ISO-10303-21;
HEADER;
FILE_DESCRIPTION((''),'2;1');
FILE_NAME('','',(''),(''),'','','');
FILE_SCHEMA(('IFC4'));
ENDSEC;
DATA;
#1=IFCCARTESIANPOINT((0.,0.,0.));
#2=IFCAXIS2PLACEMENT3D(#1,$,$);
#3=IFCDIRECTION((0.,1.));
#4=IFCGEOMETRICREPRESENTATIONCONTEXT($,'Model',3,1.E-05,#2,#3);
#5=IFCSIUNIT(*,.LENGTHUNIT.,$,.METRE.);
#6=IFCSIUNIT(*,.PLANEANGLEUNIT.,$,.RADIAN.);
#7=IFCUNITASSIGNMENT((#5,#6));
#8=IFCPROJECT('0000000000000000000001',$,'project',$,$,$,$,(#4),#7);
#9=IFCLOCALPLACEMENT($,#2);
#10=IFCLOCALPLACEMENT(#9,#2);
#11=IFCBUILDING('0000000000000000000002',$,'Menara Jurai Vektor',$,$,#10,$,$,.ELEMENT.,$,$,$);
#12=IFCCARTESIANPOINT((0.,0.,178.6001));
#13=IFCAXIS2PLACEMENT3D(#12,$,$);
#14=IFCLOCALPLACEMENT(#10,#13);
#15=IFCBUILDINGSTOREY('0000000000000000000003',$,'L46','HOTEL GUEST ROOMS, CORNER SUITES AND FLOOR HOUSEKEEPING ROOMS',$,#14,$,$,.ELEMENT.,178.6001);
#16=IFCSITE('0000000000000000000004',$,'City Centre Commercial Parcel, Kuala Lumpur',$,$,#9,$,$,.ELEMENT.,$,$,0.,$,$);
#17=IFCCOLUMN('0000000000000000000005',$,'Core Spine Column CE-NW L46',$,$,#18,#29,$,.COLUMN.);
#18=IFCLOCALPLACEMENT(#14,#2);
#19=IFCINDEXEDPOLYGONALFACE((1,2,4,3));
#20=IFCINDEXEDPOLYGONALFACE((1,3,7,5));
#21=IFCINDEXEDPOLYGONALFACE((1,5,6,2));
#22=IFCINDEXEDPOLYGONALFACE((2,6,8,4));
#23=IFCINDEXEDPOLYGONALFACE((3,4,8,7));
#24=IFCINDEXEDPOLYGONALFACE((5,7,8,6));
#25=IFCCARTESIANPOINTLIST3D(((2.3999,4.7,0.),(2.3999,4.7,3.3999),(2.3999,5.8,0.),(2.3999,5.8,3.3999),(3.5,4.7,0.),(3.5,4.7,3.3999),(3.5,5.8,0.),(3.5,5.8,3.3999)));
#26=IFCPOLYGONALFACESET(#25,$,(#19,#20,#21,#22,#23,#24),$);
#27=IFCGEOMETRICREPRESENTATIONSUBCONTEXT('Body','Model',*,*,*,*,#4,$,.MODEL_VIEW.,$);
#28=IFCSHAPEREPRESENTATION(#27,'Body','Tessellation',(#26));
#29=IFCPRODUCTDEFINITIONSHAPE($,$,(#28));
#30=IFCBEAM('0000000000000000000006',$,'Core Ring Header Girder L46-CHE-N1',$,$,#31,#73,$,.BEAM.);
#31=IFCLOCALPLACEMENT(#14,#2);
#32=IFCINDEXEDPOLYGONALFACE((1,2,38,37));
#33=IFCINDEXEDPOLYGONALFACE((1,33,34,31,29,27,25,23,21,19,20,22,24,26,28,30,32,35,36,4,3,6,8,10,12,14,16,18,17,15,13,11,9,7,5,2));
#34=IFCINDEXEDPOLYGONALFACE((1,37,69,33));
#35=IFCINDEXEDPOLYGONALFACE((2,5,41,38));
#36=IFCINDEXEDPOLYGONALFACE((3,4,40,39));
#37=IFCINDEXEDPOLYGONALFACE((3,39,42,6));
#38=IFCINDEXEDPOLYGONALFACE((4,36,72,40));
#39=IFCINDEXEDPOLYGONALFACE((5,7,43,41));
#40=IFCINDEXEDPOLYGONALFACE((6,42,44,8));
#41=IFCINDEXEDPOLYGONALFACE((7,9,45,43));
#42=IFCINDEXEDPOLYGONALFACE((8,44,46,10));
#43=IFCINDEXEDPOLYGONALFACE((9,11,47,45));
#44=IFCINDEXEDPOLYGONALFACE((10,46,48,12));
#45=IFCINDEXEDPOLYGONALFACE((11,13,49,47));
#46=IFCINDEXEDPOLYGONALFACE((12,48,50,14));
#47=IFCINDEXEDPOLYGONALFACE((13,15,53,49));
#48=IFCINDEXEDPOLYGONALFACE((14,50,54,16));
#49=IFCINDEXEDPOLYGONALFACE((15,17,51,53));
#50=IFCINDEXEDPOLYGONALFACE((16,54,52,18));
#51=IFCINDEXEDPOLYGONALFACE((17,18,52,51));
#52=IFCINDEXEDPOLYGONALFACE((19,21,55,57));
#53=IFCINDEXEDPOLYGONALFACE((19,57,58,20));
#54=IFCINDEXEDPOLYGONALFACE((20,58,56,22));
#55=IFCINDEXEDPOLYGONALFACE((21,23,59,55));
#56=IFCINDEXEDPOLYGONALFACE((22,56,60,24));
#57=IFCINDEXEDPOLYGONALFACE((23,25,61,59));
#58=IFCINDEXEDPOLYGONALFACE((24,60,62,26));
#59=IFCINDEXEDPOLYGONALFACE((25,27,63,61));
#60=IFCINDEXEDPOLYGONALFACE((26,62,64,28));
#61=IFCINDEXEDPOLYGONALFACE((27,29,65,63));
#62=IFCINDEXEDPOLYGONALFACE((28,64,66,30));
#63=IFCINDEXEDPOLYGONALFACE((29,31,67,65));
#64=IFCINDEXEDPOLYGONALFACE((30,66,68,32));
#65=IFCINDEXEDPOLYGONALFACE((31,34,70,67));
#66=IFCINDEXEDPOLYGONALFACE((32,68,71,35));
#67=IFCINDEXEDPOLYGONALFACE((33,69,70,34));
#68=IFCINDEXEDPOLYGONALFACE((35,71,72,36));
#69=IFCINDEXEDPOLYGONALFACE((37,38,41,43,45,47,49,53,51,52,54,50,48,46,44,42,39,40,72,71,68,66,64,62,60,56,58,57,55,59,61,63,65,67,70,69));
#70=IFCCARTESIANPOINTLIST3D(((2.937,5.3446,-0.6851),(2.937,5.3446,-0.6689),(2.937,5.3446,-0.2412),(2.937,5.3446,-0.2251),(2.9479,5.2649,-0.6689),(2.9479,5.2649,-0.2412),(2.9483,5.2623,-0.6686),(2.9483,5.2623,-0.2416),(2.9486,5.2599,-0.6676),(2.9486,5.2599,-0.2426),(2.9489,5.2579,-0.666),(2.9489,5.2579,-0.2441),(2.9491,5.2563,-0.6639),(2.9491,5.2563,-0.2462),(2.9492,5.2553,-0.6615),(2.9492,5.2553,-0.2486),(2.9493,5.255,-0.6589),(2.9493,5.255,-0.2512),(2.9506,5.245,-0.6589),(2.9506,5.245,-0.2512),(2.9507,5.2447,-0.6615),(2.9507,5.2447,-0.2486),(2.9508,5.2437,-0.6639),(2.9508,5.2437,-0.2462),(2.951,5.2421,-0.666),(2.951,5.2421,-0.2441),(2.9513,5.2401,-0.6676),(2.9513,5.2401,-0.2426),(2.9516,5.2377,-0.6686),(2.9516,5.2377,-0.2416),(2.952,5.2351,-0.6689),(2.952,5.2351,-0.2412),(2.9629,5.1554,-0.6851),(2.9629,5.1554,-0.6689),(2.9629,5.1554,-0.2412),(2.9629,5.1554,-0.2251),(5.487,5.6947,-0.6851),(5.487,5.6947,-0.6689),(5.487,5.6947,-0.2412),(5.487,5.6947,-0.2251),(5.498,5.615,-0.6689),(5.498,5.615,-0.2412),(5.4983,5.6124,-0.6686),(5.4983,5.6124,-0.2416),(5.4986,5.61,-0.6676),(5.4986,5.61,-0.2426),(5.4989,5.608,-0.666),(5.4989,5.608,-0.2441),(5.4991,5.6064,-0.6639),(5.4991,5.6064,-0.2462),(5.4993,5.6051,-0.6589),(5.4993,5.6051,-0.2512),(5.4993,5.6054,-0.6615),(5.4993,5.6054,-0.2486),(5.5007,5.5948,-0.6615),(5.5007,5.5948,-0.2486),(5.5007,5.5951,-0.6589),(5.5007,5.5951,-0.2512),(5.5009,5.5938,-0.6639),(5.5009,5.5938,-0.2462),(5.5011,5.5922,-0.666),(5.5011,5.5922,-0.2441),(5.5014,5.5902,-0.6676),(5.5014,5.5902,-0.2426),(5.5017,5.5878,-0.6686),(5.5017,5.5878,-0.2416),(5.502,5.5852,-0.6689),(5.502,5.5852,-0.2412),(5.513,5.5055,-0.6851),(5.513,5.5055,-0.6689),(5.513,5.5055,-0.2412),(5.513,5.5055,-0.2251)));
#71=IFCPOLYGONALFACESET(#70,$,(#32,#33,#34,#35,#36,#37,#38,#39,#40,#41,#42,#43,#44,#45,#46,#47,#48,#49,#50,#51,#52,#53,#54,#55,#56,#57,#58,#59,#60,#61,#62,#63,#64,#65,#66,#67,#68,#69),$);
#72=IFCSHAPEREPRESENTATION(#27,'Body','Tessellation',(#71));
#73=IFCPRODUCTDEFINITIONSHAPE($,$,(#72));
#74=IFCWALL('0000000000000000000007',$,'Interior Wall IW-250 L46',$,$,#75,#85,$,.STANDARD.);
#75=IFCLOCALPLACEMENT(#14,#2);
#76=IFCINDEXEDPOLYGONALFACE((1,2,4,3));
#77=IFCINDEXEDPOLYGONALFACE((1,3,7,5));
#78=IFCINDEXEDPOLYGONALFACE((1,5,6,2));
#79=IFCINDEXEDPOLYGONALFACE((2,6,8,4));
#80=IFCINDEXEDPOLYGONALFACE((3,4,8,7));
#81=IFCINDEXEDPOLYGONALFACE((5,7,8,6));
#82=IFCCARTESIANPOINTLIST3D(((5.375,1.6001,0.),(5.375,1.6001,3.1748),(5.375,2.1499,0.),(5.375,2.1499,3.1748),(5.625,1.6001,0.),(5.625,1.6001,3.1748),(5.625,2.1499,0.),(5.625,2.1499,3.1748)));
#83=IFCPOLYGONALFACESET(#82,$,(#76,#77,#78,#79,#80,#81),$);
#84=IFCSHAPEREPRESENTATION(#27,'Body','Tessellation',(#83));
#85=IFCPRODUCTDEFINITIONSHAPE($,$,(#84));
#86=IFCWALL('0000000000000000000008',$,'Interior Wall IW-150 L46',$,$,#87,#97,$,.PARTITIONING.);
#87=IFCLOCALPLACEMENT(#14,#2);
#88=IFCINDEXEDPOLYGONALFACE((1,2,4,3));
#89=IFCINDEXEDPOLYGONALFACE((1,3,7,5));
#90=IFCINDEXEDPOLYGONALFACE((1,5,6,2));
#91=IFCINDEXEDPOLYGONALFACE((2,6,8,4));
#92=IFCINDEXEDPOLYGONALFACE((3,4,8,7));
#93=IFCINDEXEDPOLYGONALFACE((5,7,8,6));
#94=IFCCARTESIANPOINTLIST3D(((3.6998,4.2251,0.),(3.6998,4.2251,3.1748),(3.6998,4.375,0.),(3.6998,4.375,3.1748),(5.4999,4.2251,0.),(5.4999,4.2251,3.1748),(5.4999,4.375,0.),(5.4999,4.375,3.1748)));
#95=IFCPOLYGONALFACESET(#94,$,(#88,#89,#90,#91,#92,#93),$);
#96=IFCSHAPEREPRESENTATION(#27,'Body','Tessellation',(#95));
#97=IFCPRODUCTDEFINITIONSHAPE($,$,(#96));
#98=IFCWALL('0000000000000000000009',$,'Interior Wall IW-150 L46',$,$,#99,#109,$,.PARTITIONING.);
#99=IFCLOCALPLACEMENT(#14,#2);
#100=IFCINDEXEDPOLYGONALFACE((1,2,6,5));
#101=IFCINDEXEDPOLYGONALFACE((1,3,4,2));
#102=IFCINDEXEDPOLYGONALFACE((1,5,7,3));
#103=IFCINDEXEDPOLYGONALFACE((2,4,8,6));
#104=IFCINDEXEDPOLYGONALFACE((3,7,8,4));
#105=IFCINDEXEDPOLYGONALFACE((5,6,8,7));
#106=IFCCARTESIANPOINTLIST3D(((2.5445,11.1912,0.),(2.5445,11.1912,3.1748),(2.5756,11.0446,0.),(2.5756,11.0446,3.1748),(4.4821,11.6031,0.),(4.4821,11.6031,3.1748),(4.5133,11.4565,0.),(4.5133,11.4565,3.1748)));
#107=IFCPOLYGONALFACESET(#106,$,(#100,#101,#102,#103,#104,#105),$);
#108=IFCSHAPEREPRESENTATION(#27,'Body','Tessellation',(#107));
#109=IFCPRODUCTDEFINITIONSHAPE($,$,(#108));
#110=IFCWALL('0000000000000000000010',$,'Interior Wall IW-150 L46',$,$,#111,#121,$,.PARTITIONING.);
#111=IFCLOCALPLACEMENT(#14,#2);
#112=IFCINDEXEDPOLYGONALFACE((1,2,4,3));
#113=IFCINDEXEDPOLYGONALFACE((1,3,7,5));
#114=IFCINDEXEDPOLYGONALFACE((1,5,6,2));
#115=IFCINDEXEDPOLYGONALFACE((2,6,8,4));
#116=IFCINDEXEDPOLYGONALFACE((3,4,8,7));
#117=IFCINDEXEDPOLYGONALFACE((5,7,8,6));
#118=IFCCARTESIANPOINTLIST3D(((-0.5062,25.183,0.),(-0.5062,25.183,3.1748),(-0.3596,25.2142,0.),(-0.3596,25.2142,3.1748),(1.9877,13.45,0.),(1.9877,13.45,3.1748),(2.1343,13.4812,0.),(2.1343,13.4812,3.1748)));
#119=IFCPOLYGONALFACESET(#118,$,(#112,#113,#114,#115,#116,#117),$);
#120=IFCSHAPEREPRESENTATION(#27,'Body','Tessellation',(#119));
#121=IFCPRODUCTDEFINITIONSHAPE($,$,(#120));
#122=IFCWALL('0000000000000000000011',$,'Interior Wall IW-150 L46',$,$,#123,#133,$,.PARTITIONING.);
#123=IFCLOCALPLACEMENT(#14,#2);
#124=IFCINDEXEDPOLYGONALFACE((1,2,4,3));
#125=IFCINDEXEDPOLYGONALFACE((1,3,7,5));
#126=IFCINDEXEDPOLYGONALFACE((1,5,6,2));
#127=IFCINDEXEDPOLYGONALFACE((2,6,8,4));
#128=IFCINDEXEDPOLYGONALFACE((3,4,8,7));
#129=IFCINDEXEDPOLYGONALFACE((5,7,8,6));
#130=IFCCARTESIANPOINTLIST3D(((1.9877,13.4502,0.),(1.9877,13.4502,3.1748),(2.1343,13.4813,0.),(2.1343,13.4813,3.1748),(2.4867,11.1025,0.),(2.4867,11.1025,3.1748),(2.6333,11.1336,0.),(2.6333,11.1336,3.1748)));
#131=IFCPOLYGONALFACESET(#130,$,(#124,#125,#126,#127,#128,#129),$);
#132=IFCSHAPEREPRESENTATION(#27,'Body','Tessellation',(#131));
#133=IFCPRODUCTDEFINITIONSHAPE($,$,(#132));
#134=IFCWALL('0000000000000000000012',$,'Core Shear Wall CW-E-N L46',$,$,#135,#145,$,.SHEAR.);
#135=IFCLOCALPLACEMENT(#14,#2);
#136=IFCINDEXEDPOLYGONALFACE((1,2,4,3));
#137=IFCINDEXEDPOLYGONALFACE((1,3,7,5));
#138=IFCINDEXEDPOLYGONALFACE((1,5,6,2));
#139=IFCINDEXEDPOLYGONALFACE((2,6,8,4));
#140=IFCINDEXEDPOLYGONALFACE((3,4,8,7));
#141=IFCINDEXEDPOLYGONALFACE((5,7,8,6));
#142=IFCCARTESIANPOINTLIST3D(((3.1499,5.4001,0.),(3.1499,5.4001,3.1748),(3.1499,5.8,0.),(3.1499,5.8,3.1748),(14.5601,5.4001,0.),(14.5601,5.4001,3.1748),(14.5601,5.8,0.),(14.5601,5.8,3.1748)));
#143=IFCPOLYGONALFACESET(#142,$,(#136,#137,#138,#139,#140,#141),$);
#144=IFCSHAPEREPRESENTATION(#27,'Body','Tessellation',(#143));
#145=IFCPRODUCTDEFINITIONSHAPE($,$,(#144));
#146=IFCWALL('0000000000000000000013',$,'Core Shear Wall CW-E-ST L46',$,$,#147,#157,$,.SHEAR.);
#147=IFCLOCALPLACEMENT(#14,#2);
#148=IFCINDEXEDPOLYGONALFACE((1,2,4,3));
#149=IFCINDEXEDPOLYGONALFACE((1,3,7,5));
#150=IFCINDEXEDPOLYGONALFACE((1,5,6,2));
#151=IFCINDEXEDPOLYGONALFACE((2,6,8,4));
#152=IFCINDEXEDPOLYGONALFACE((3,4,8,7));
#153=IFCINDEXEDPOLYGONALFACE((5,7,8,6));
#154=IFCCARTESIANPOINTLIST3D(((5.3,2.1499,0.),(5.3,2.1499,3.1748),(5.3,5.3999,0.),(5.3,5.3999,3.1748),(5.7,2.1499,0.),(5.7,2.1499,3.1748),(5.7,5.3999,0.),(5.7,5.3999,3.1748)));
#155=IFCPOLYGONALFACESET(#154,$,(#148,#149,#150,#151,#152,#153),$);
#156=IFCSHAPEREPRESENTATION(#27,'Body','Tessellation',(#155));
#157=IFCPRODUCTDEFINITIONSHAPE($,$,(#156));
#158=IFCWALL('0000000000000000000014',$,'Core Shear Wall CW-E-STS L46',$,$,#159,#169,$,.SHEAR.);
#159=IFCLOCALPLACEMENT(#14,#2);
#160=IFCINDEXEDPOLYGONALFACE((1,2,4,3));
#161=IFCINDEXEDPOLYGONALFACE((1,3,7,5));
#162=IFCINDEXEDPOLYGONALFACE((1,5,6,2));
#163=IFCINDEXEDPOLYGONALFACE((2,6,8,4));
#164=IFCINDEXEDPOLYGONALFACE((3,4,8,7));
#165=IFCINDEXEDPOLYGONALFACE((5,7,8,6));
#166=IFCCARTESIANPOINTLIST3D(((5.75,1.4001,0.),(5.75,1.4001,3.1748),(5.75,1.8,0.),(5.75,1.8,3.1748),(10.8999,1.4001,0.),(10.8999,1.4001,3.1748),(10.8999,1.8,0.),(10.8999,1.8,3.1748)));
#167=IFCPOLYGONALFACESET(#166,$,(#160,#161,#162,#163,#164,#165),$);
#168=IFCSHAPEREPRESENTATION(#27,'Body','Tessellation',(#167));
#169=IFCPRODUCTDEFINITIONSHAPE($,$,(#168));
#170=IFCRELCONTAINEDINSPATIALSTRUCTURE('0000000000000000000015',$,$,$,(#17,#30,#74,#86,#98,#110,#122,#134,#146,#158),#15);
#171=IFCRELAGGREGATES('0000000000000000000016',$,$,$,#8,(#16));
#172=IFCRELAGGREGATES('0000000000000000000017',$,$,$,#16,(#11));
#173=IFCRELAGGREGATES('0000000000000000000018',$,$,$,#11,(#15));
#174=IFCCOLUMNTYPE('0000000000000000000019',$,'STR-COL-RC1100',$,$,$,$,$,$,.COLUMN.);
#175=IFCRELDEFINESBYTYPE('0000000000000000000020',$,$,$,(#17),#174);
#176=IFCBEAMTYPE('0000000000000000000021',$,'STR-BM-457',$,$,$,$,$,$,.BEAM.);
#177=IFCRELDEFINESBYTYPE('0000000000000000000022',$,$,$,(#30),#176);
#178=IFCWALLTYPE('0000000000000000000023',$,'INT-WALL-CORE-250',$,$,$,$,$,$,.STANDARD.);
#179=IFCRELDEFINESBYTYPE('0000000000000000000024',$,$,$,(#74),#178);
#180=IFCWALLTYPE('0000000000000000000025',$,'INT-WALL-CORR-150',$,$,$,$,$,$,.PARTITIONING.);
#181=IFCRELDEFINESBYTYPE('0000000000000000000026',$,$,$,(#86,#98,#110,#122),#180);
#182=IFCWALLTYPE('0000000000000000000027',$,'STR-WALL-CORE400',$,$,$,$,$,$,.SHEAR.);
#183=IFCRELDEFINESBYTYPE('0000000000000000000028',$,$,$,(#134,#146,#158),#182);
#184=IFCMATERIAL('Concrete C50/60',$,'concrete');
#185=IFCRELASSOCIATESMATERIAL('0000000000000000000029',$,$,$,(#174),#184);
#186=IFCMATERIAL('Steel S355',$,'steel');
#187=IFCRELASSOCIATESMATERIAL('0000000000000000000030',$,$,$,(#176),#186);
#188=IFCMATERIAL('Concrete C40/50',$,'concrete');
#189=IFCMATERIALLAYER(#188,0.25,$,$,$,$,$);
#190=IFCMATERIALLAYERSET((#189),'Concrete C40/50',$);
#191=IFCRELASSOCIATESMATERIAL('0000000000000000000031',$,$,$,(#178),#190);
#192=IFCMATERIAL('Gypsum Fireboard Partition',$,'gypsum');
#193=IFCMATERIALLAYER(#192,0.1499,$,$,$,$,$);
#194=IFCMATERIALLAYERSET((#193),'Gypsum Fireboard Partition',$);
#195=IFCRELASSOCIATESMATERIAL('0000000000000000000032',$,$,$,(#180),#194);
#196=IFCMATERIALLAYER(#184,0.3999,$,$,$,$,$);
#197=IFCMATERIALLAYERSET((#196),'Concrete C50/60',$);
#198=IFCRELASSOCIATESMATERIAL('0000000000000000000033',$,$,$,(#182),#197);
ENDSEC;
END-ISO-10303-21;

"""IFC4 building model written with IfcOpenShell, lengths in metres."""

from ifc_helpers import new_model, si_unit, direction, frame, frame_2d, origin, origin_2d, place, context, subcontext, project, spatial, rectangle, i_section, extrude, material, layer, layer_set, material_profile, profile_set, type_object, element, save


model = new_model("IFC4")

# Units and contexts
model_context = context("Model", 3, precision=1e-05, world=origin(), true_north=direction((0.0, 1.0)))
body_context = subcontext(model_context, "Body", "Model", "MODEL_VIEW")
ifc_project = project(units=[si_unit("LENGTHUNIT", "METRE"), si_unit("PLANEANGLEUNIT", "RADIAN")], contexts=[model_context])

# Site, building, storey
site_placement = place(None, origin())
site = spatial("IfcSite", under=ifc_project, at=site_placement, Name="City Centre Commercial Parcel, Kuala Lumpur", CompositionType="ELEMENT", RefElevation=0.0)
building_placement = place(site_placement, origin())
building = spatial("IfcBuilding", under=site, at=building_placement, Name="Menara Jurai Vektor", CompositionType="ELEMENT")
storey_placement = place(building_placement, frame((0.0, 0.0, 178.6001)))
storey = spatial("IfcBuildingStorey", under=building, at=storey_placement, Name="L46", Description="HOTEL GUEST ROOMS, CORNER SUITES AND FLOOR HOUSEKEEPING ROOMS", CompositionType="ELEMENT", Elevation=178.6001)

# Column
ifc_material_1 = material(Name="Concrete C50/60", Category="concrete")
ifc_material_profile_1 = material_profile(ifc_material_1, rectangle(XDim=1.1001, YDim=1.1001, at=origin_2d()), Name="RC 1100x1100")
ifc_profile_set_1 = profile_set([ifc_material_profile_1], Name="Concrete C50/60")
column_type = type_object("IfcColumnType", Name="STR-COL-RC1100", PredefinedType="COLUMN", material=ifc_profile_set_1)
column_placement = place(storey_placement, frame((2.95, 5.25, 0.0), z_axis=(0.0, 0.0, 1.0), x_axis=(1.0, 0.0, 0.0)))
element("IfcColumn", 1, at=column_placement, inside=storey, type_object=column_type, Name="Core Spine Column CE-NW L46", PredefinedType="COLUMN", context=body_context, shape_type="SweptSolid", body=[
    extrude(rectangle(XDim=1.1001, YDim=1.1001, at=origin_2d()), origin(), (0.0, 0.0, 1.0), 3.3999),
])

# Beam
ifc_material_2 = material(Name="Steel S355", Category="steel")
ifc_material_profile_2 = material_profile(ifc_material_2, i_section(OverallWidth=0.1909, OverallDepth=0.46, WebThickness=0.01, FlangeThickness=0.0161, FilletRadius=0.01, at=origin_2d()), Name="UKB 457x191x82")
ifc_profile_set_2 = profile_set([ifc_material_profile_2], Name="Steel S355")
beam_type = type_object("IfcBeamType", Name="STR-BM-457", PredefinedType="BEAM", material=ifc_profile_set_2)
beam_placement = place(storey_placement, frame((2.95, 5.25, -0.4551), z_axis=(0.990707, 0.136015, 0.0), x_axis=(-0.136015, 0.990707, 0.0)))
element("IfcBeam", 2, at=beam_placement, inside=storey, type_object=beam_type, Name="Core Ring Header Girder L46-CHE-N1", PredefinedType="BEAM", context=body_context, shape_type="SweptSolid", body=[
    extrude(i_section(OverallWidth=0.1909, OverallDepth=0.46, WebThickness=0.01, FlangeThickness=0.0161, FilletRadius=0.01, at=origin_2d()), origin(), (0.0, 0.0, 1.0), 2.574),
])

# Walls
ifc_material_3 = material(Name="Concrete C40/50", Category="concrete")
ifc_layer_1 = layer(ifc_material_3, 0.25)
ifc_layer_set_1 = layer_set([ifc_layer_1], Name="Concrete C40/50")
wall_type_1 = type_object("IfcWallType", Name="INT-WALL-CORE-250", PredefinedType="STANDARD", material=ifc_layer_set_1)
wall_1_placement = place(storey_placement, frame((5.5, 1.6001, 0.0), z_axis=(0.0, 0.0, 1.0), x_axis=(0.0, 1.0, 0.0)))
element("IfcWall", 3, at=wall_1_placement, inside=storey, type_object=wall_type_1, Name="Interior Wall IW-250 L46", PredefinedType="STANDARD", context=body_context, shape_type="SweptSolid", body=[
    extrude(rectangle(XDim=0.5498, YDim=0.25, at=frame_2d((0.2749, 0.0))), origin(), (0.0, 0.0, 1.0), 3.1748),
])
ifc_material_4 = material(Name="Gypsum Fireboard Partition", Category="gypsum")
ifc_layer_2 = layer(ifc_material_4, 0.1499)
ifc_layer_set_2 = layer_set([ifc_layer_2], Name="Gypsum Fireboard Partition")
wall_type_2 = type_object("IfcWallType", Name="INT-WALL-CORR-150", PredefinedType="PARTITIONING", material=ifc_layer_set_2)
wall_2_placement = place(storey_placement, frame((3.7, 4.3, 0.0), z_axis=(0.0, 0.0, 1.0), x_axis=(1.0, 0.0, 0.0)))
element("IfcWall", 4, at=wall_2_placement, inside=storey, type_object=wall_type_2, Name="Interior Wall IW-150 L46", PredefinedType="PARTITIONING", context=body_context, shape_type="SweptSolid", body=[
    extrude(rectangle(XDim=1.8, YDim=0.1499, at=frame_2d((0.8999, 0.0))), origin(), (0.0, 0.0, 1.0), 3.1748),
])

# Wall
wall_3_placement = place(storey_placement, frame((2.5601, 11.1179, 0.0), z_axis=(0.0, 0.0, 1.0), x_axis=(0.978149, 0.207904, 0.0)))
element("IfcWall", 5, at=wall_3_placement, inside=storey, type_object=wall_type_2, Name="Interior Wall IW-150 L46", PredefinedType="PARTITIONING", context=body_context, shape_type="SweptSolid", body=[
    extrude(rectangle(XDim=1.981, YDim=0.1499, at=frame_2d((0.9905, 0.0))), origin(), (0.0, 0.0, 1.0), 3.1748),
])

# Walls
wall_4_placement = place(storey_placement, frame((2.061, 13.4656, 0.0), z_axis=(0.0, 0.0, 1.0), x_axis=(-0.207911, 0.978148, 0.0)))
element("IfcWall", 6, at=wall_4_placement, inside=storey, type_object=wall_type_2, Name="Interior Wall IW-150 L46", PredefinedType="PARTITIONING", context=body_context, shape_type="SweptSolid", body=[
    extrude(rectangle(XDim=11.9951, YDim=0.1499, at=frame_2d((5.9976, 0.0))), origin(), (0.0, 0.0, 1.0), 3.1748),
])
wall_5_placement = place(storey_placement, frame((2.5601, 11.1179, 0.0), z_axis=(0.0, 0.0, 1.0), x_axis=(-0.207917, 0.978146, 0.0)))
element("IfcWall", 7, at=wall_5_placement, inside=storey, type_object=wall_type_2, Name="Interior Wall IW-150 L46", PredefinedType="PARTITIONING", context=body_context, shape_type="SweptSolid", body=[
    extrude(rectangle(XDim=2.4001, YDim=0.1499, at=frame_2d((1.2002, 0.0))), origin(), (0.0, 0.0, 1.0), 3.1748),
])

# Walls
ifc_layer_3 = layer(ifc_material_1, 0.3999)
ifc_layer_set_3 = layer_set([ifc_layer_3], Name="Concrete C50/60")
wall_type_3 = type_object("IfcWallType", Name="STR-WALL-CORE400", PredefinedType="SHEAR", material=ifc_layer_set_3)
wall_6_placement = place(storey_placement, frame((3.1499, 5.6001, 0.0), z_axis=(0.0, 0.0, 1.0), x_axis=(1.0, 0.0, 0.0)))
element("IfcWall", 8, at=wall_6_placement, inside=storey, type_object=wall_type_3, Name="Core Shear Wall CW-E-N L46", PredefinedType="SHEAR", context=body_context, shape_type="SweptSolid", body=[
    extrude(rectangle(XDim=11.4102, YDim=0.3999, at=frame_2d((5.7051, 0.0))), origin(), (0.0, 0.0, 1.0), 3.1748),
])
wall_7_placement = place(storey_placement, frame((5.5, 2.1499, 0.0), z_axis=(0.0, 0.0, 1.0), x_axis=(0.0, 1.0, 0.0)))
element("IfcWall", 9, at=wall_7_placement, inside=storey, type_object=wall_type_3, Name="Core Shear Wall CW-E-ST L46", PredefinedType="SHEAR", context=body_context, shape_type="SweptSolid", body=[
    extrude(rectangle(XDim=3.25, YDim=0.3999, at=frame_2d((1.625, 0.0))), origin(), (0.0, 0.0, 1.0), 3.1748),
])
wall_8_placement = place(storey_placement, frame((5.75, 1.6001, 0.0), z_axis=(0.0, 0.0, 1.0), x_axis=(1.0, 0.0, 0.0)))
element("IfcWall", 10, at=wall_8_placement, inside=storey, type_object=wall_type_3, Name="Core Shear Wall CW-E-STS L46", PredefinedType="SHEAR", context=body_context, shape_type="SweptSolid", body=[
    extrude(rectangle(XDim=5.1499, YDim=0.3999, at=frame_2d((2.575, 0.0))), origin(), (0.0, 0.0, 1.0), 3.1748),
])

save(model, "model.ifc")
